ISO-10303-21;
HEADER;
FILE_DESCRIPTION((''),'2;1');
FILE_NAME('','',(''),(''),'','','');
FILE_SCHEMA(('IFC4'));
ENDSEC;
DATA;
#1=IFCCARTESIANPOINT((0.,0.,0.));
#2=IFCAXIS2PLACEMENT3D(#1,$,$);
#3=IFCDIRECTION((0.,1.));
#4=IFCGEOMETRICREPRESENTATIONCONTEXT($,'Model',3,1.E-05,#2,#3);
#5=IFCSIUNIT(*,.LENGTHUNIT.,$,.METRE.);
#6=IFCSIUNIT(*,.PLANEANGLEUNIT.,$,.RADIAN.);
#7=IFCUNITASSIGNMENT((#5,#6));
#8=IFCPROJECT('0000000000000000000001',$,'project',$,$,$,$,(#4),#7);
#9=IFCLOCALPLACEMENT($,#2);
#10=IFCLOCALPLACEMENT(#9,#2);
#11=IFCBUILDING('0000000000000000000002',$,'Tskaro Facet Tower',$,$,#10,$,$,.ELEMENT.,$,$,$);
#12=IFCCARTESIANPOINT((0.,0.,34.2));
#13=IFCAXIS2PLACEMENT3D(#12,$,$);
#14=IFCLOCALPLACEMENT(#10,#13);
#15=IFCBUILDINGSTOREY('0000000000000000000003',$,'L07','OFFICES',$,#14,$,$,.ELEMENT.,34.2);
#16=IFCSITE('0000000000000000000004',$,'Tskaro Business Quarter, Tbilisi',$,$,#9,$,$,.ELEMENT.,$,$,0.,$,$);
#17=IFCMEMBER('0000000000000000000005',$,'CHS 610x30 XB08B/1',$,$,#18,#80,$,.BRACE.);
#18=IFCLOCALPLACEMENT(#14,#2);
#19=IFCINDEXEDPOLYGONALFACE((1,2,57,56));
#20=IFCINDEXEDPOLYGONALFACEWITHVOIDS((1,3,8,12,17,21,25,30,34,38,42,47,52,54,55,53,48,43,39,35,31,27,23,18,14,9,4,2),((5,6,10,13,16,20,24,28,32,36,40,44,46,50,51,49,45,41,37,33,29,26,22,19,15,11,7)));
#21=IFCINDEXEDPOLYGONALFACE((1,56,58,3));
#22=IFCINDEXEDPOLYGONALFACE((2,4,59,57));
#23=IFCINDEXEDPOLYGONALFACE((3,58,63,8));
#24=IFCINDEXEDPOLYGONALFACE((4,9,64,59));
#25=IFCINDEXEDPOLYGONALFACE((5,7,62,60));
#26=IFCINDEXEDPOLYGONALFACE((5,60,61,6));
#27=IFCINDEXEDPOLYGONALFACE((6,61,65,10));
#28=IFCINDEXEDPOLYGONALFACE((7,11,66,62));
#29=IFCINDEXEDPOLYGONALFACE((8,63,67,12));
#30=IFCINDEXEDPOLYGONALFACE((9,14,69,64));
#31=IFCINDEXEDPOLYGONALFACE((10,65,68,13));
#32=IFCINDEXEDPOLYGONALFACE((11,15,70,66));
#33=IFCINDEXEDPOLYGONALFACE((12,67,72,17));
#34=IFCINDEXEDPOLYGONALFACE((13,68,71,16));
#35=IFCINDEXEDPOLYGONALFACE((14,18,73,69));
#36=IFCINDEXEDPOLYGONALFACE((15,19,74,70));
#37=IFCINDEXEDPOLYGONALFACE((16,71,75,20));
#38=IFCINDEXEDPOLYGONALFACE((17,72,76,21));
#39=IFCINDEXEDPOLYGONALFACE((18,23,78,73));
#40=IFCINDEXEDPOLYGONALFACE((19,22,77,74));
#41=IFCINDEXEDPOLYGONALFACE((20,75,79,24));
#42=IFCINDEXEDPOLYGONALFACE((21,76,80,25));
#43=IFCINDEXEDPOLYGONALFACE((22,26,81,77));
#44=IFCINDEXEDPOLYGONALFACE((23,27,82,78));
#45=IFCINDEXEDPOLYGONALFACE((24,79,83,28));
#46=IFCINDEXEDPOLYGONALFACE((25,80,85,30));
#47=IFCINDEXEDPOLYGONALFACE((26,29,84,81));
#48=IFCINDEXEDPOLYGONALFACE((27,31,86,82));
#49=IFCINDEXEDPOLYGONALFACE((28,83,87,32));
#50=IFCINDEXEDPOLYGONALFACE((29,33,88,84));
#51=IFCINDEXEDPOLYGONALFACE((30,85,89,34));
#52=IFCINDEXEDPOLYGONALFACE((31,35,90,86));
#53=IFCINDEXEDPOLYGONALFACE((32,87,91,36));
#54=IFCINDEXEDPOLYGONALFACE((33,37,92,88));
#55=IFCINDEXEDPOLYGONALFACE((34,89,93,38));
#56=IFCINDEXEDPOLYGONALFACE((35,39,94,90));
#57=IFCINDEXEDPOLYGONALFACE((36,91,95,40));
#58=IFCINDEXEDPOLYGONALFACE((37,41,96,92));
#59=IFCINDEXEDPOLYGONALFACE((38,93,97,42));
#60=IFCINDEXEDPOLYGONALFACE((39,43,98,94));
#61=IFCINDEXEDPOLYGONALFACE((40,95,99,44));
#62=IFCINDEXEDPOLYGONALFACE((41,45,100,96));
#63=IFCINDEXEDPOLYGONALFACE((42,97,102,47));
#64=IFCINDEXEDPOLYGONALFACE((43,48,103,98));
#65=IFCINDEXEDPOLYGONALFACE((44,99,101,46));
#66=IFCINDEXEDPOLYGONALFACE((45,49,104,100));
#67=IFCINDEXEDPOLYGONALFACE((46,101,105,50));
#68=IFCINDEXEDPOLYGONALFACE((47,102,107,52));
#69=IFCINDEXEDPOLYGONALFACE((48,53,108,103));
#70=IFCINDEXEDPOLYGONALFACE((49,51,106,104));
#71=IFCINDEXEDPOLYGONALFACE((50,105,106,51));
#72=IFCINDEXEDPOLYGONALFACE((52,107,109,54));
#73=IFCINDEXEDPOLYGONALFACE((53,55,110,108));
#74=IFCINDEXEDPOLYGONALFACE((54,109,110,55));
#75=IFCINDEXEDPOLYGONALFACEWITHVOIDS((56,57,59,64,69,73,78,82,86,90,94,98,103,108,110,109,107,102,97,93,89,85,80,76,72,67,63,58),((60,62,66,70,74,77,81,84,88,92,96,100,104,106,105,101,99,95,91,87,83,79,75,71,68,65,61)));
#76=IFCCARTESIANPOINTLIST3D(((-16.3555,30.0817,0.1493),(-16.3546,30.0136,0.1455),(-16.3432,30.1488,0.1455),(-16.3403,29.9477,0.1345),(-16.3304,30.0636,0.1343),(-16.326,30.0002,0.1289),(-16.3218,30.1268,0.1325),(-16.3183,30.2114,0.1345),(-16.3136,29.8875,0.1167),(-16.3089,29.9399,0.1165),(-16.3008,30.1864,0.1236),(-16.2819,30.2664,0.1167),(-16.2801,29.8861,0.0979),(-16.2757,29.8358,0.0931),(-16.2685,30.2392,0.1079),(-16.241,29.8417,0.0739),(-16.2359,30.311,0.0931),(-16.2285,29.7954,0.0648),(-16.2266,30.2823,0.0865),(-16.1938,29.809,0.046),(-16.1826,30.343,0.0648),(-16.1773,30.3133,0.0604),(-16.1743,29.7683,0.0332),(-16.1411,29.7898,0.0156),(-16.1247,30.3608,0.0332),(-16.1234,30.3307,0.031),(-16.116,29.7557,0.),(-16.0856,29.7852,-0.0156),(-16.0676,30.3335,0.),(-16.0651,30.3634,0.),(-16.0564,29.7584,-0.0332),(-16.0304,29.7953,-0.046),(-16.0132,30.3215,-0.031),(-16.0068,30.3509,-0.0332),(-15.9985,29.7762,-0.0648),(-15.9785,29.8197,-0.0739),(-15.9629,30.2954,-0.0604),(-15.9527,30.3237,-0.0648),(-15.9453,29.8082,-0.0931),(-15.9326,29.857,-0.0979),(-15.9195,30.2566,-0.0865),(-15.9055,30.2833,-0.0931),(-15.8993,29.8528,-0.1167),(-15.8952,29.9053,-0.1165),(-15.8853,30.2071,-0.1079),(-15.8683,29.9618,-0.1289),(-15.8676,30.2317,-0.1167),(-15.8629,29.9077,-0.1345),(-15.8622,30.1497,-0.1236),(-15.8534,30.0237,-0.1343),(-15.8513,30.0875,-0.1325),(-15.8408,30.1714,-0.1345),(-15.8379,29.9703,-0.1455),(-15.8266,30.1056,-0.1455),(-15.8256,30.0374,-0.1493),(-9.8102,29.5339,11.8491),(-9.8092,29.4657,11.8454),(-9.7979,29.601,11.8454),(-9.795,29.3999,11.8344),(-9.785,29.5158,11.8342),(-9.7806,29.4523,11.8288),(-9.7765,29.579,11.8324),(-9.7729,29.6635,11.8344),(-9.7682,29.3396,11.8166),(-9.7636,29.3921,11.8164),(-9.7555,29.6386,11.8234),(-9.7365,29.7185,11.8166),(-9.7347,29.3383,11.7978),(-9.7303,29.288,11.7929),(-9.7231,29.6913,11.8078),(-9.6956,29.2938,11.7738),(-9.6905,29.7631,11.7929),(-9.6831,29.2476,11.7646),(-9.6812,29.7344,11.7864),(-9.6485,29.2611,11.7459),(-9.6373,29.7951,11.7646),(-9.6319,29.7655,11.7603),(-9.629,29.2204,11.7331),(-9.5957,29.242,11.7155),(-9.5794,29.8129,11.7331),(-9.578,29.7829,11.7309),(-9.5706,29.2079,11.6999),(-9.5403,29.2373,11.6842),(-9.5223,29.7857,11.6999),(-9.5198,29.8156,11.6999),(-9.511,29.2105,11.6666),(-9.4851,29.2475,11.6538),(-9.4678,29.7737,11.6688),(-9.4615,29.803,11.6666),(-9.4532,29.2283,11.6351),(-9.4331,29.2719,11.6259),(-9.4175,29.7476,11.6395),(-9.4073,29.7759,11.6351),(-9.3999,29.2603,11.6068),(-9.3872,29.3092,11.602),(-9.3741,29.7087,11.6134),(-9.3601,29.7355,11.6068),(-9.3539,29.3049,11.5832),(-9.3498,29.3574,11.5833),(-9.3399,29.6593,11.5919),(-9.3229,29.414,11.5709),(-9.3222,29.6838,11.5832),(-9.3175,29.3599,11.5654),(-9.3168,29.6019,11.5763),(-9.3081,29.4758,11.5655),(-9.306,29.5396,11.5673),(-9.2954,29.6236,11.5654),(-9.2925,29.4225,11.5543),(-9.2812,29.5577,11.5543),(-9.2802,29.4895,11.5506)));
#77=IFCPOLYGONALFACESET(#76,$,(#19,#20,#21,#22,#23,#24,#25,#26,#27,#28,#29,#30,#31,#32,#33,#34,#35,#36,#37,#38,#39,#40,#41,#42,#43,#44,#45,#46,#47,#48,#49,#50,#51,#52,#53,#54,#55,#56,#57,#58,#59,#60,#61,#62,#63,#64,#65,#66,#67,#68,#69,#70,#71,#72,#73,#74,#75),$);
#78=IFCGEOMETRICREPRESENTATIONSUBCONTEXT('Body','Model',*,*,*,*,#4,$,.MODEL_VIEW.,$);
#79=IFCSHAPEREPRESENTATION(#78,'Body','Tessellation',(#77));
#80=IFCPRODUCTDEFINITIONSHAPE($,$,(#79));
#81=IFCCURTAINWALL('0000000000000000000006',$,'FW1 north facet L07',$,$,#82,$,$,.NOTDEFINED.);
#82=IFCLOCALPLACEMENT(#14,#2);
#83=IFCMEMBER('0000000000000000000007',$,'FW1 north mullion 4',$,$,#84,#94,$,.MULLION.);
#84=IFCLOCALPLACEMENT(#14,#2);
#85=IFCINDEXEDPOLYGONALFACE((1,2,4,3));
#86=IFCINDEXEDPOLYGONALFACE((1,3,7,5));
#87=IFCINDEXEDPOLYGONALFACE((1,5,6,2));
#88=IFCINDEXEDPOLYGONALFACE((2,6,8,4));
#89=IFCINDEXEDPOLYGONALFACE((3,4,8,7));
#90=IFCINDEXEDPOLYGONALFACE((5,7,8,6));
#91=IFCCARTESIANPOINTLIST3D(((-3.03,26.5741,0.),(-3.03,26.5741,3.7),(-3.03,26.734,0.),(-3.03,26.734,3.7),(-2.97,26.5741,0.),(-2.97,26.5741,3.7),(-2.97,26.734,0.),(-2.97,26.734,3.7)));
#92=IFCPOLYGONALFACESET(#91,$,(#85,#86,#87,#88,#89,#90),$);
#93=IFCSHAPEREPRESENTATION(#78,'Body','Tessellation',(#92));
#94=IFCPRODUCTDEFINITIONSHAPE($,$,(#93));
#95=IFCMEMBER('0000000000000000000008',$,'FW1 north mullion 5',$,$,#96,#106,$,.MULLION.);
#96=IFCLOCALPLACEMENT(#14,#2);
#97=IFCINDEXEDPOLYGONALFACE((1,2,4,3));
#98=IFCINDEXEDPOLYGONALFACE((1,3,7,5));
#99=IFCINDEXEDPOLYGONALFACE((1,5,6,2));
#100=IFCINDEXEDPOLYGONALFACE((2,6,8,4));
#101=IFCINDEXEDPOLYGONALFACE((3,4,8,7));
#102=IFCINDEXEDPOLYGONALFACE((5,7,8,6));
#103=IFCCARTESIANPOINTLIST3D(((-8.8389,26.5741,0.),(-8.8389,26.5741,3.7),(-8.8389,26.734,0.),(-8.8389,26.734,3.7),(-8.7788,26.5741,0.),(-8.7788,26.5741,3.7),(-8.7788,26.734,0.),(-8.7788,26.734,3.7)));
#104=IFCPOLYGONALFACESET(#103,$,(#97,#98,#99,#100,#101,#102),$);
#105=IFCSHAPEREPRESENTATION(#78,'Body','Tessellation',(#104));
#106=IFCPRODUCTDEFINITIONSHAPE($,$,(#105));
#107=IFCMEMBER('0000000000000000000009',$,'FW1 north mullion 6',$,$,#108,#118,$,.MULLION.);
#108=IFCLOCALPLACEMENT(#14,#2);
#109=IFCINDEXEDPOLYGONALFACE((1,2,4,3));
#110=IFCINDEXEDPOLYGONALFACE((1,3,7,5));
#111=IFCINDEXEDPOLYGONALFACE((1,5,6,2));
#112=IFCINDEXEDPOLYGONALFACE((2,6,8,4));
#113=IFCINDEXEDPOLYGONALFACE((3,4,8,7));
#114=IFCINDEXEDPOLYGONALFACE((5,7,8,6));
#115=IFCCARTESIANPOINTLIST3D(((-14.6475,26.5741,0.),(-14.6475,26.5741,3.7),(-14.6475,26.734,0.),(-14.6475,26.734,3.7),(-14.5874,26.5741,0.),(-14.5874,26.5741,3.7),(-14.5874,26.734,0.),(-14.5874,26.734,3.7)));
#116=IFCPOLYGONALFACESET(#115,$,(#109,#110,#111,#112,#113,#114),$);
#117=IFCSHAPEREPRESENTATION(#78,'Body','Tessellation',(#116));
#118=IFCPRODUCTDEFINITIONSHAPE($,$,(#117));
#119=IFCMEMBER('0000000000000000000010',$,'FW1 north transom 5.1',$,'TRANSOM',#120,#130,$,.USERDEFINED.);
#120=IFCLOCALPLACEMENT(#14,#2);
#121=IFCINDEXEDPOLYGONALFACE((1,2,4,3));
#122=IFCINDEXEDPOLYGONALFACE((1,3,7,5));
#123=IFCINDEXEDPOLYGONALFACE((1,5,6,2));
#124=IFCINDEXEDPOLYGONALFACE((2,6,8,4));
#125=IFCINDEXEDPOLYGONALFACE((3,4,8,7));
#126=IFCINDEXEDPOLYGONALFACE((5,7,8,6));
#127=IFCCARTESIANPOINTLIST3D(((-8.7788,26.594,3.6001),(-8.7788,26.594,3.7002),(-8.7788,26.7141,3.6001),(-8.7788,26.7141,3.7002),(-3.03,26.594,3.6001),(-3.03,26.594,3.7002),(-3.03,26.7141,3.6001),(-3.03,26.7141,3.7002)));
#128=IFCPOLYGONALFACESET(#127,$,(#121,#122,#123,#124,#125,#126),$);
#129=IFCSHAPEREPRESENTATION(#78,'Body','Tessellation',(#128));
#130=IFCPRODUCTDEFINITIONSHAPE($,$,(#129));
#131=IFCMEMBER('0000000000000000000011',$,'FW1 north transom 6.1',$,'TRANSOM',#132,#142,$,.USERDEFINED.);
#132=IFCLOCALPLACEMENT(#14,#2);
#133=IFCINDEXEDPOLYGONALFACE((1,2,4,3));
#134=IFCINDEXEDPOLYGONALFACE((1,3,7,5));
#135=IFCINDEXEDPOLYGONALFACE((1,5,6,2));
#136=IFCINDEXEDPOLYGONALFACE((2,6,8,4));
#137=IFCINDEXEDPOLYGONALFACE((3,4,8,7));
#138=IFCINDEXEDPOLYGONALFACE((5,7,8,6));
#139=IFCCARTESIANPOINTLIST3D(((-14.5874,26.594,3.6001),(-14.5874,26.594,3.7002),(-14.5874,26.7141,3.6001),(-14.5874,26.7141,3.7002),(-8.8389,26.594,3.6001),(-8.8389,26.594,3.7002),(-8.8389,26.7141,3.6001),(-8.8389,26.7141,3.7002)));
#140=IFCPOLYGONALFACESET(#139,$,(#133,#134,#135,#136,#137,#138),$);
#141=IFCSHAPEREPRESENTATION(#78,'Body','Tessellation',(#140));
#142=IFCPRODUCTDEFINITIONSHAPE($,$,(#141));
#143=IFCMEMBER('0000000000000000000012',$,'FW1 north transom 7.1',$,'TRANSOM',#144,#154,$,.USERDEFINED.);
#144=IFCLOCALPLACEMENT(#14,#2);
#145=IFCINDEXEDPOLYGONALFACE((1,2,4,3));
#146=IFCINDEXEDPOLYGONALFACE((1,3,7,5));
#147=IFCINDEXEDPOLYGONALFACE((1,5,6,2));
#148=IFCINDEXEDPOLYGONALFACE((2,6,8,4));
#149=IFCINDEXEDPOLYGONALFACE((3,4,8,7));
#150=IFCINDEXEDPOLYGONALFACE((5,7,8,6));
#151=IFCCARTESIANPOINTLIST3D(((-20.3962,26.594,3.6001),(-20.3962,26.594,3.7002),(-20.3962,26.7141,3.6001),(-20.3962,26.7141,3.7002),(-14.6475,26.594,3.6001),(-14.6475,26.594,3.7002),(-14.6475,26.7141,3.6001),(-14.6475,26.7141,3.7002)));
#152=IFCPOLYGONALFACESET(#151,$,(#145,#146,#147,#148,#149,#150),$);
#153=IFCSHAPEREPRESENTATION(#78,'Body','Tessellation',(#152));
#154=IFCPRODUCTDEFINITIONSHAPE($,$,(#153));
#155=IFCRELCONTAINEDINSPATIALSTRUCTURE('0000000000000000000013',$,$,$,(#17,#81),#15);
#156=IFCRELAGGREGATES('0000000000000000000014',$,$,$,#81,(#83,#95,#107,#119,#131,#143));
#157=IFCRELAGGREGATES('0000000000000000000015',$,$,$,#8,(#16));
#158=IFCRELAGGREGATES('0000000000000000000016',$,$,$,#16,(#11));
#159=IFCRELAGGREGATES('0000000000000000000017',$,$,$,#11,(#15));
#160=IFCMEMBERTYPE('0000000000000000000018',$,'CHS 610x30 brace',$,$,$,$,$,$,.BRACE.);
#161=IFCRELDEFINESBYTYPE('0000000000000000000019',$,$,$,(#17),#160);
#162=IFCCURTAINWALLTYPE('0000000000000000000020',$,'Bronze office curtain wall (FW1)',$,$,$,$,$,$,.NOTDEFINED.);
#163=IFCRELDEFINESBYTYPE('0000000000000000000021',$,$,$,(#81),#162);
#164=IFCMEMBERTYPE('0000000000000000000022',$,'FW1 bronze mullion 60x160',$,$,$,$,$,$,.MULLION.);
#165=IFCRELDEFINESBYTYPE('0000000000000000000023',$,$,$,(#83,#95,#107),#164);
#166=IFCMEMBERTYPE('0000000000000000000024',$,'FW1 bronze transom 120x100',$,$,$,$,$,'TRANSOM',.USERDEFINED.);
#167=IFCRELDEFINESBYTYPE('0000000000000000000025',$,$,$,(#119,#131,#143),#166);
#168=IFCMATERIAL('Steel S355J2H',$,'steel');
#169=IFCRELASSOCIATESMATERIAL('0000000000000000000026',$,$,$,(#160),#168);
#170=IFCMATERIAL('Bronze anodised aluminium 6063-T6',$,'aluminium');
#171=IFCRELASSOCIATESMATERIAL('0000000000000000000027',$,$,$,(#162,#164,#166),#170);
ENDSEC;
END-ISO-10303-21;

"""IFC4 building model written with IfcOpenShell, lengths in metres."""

from ifc_helpers import new_model, si_unit, direction, frame, origin, origin_2d, place, context, subcontext, project, spatial, rectangle, hollow_circle, extrude, material, material_profile, profile_set, type_object, element, aggregate, save


model = new_model("IFC4")

# Units and contexts
model_context = context("Model", 3, precision=1e-05, world=origin(), true_north=direction((0.0, 1.0)))
body_context = subcontext(model_context, "Body", "Model", "MODEL_VIEW")
ifc_project = project(units=[si_unit("LENGTHUNIT", "METRE"), si_unit("PLANEANGLEUNIT", "RADIAN")], contexts=[model_context])

# Site, building, storey
site_placement = place(None, origin())
site = spatial("IfcSite", under=ifc_project, at=site_placement, Name="Tskaro Business Quarter, Tbilisi", CompositionType="ELEMENT", RefElevation=0.0)
building_placement = place(site_placement, origin())
building = spatial("IfcBuilding", under=site, at=building_placement, Name="Tskaro Facet Tower", CompositionType="ELEMENT")
storey_placement = place(building_placement, frame((0.0, 0.0, 34.2)))
storey = spatial("IfcBuildingStorey", under=building, at=storey_placement, Name="L07", Description="OFFICES", CompositionType="ELEMENT", Elevation=34.2)

# Shared definitions
ifc_material_1 = material(Name="Steel S355J2H", Category="steel")

# Member
ifc_material_profile_1 = material_profile(ifc_material_1, hollow_circle(Radius=0.3049, WallThickness=0.03, at=origin_2d()), Name="CHS 610x30")
ifc_profile_set_1 = profile_set([ifc_material_profile_1], Name="Steel S355J2H")
member_type_1 = type_object("IfcMemberType", Name="CHS 610x30 brace", PredefinedType="BRACE", material=ifc_profile_set_1)
member_1_placement = place(storey_placement, frame((-16.0906, 30.0596, 0.0), z_axis=(0.487824, -0.040831, 0.871987), x_axis=(0.083408, 0.996515, 0.0)))
element("IfcMember", 1, at=member_1_placement, inside=storey, type_object=member_type_1, Name="CHS 610x30 XB08B/1", PredefinedType="BRACE", context=body_context, shape_type="SweptSolid", body=[
    extrude(hollow_circle(Radius=0.3049, WallThickness=0.03, at=origin_2d()), origin(), (0.0, 0.0, 1.0), 13.4175),
])

# Curtain wall, members
ifc_material_2 = material(Name="Bronze anodised aluminium 6063-T6", Category="aluminium")
curtain_wall_type = type_object("IfcCurtainWallType", Name="Bronze office curtain wall (FW1)", PredefinedType="NOTDEFINED", material=ifc_material_2)
curtain_wall_placement = place(storey_placement, origin())
curtain_wall = element("IfcCurtainWall", 2, at=curtain_wall_placement, inside=storey, type_object=curtain_wall_type, Name="FW1 north facet L07", PredefinedType="NOTDEFINED")
ifc_material_profile_2 = material_profile(ifc_material_2, rectangle(XDim=0.0601, YDim=0.1599, at=origin_2d()), Name="Mullion 60x160")
ifc_profile_set_2 = profile_set([ifc_material_profile_2], Name="Bronze anodised aluminium 6063-T6")
member_type_2 = type_object("IfcMemberType", Name="FW1 bronze mullion 60x160", PredefinedType="MULLION", material=ifc_profile_set_2)
member_2_placement = place(storey_placement, frame((-3.0, 26.6541, 0.0), z_axis=(0.0, 0.0, 1.0), x_axis=(-1.0, 0.0, 0.0)))
member_2 = element("IfcMember", 3, at=member_2_placement, type_object=member_type_2, Name="FW1 north mullion 4", PredefinedType="MULLION", context=body_context, shape_type="SweptSolid", body=[
    extrude(rectangle(XDim=0.0601, YDim=0.1599, at=origin_2d()), origin(), (0.0, 0.0, 1.0), 3.7),
])
member_3_placement = place(storey_placement, frame((-8.8088, 26.6541, 0.0), z_axis=(0.0, 0.0, 1.0), x_axis=(-1.0, 0.0, 0.0)))
member_3 = element("IfcMember", 4, at=member_3_placement, type_object=member_type_2, Name="FW1 north mullion 5", PredefinedType="MULLION", context=body_context, shape_type="SweptSolid", body=[
    extrude(rectangle(XDim=0.0601, YDim=0.1599, at=origin_2d()), origin(), (0.0, 0.0, 1.0), 3.7),
])
member_4_placement = place(storey_placement, frame((-14.6174, 26.6541, 0.0), z_axis=(0.0, 0.0, 1.0), x_axis=(-1.0, 0.0, 0.0)))
member_4 = element("IfcMember", 5, at=member_4_placement, type_object=member_type_2, Name="FW1 north mullion 6", PredefinedType="MULLION", context=body_context, shape_type="SweptSolid", body=[
    extrude(rectangle(XDim=0.0601, YDim=0.1599, at=origin_2d()), origin(), (0.0, 0.0, 1.0), 3.7),
])
ifc_material_profile_3 = material_profile(ifc_material_2, rectangle(XDim=0.1201, YDim=0.1001, at=origin_2d()), Name="Transom 120x100")
ifc_profile_set_3 = profile_set([ifc_material_profile_3], Name="Bronze anodised aluminium 6063-T6")
member_type_3 = type_object("IfcMemberType", Name="FW1 bronze transom 120x100", ElementType="TRANSOM", PredefinedType="USERDEFINED", material=ifc_profile_set_3)
member_5_placement = place(storey_placement, frame((-3.03, 26.6541, 3.6501), z_axis=(-1.0, 0.0, 0.0), x_axis=(0.0, -1.0, 0.0)))
member_5 = element("IfcMember", 6, at=member_5_placement, type_object=member_type_3, Name="FW1 north transom 5.1", ObjectType="TRANSOM", PredefinedType="USERDEFINED", context=body_context, shape_type="SweptSolid", body=[
    extrude(rectangle(XDim=0.1201, YDim=0.1001, at=origin_2d()), origin(), (0.0, 0.0, 1.0), 5.7488),
])
member_6_placement = place(storey_placement, frame((-8.8389, 26.6541, 3.6501), z_axis=(-1.0, 0.0, 0.0), x_axis=(0.0, -1.0, 0.0)))
member_6 = element("IfcMember", 7, at=member_6_placement, type_object=member_type_3, Name="FW1 north transom 6.1", ObjectType="TRANSOM", PredefinedType="USERDEFINED", context=body_context, shape_type="SweptSolid", body=[
    extrude(rectangle(XDim=0.1201, YDim=0.1001, at=origin_2d()), origin(), (0.0, 0.0, 1.0), 5.7485),
])
member_7_placement = place(storey_placement, frame((-14.6475, 26.6541, 3.6501), z_axis=(-1.0, 0.0, 0.0), x_axis=(0.0, -1.0, 0.0)))
member_7 = element("IfcMember", 8, at=member_7_placement, type_object=member_type_3, Name="FW1 north transom 7.1", ObjectType="TRANSOM", PredefinedType="USERDEFINED", context=body_context, shape_type="SweptSolid", body=[
    extrude(rectangle(XDim=0.1201, YDim=0.1001, at=origin_2d()), origin(), (0.0, 0.0, 1.0), 5.7488),
])

aggregate(curtain_wall, [member_2, member_3, member_4, member_5, member_6, member_7])

save(model, "model.ifc")
